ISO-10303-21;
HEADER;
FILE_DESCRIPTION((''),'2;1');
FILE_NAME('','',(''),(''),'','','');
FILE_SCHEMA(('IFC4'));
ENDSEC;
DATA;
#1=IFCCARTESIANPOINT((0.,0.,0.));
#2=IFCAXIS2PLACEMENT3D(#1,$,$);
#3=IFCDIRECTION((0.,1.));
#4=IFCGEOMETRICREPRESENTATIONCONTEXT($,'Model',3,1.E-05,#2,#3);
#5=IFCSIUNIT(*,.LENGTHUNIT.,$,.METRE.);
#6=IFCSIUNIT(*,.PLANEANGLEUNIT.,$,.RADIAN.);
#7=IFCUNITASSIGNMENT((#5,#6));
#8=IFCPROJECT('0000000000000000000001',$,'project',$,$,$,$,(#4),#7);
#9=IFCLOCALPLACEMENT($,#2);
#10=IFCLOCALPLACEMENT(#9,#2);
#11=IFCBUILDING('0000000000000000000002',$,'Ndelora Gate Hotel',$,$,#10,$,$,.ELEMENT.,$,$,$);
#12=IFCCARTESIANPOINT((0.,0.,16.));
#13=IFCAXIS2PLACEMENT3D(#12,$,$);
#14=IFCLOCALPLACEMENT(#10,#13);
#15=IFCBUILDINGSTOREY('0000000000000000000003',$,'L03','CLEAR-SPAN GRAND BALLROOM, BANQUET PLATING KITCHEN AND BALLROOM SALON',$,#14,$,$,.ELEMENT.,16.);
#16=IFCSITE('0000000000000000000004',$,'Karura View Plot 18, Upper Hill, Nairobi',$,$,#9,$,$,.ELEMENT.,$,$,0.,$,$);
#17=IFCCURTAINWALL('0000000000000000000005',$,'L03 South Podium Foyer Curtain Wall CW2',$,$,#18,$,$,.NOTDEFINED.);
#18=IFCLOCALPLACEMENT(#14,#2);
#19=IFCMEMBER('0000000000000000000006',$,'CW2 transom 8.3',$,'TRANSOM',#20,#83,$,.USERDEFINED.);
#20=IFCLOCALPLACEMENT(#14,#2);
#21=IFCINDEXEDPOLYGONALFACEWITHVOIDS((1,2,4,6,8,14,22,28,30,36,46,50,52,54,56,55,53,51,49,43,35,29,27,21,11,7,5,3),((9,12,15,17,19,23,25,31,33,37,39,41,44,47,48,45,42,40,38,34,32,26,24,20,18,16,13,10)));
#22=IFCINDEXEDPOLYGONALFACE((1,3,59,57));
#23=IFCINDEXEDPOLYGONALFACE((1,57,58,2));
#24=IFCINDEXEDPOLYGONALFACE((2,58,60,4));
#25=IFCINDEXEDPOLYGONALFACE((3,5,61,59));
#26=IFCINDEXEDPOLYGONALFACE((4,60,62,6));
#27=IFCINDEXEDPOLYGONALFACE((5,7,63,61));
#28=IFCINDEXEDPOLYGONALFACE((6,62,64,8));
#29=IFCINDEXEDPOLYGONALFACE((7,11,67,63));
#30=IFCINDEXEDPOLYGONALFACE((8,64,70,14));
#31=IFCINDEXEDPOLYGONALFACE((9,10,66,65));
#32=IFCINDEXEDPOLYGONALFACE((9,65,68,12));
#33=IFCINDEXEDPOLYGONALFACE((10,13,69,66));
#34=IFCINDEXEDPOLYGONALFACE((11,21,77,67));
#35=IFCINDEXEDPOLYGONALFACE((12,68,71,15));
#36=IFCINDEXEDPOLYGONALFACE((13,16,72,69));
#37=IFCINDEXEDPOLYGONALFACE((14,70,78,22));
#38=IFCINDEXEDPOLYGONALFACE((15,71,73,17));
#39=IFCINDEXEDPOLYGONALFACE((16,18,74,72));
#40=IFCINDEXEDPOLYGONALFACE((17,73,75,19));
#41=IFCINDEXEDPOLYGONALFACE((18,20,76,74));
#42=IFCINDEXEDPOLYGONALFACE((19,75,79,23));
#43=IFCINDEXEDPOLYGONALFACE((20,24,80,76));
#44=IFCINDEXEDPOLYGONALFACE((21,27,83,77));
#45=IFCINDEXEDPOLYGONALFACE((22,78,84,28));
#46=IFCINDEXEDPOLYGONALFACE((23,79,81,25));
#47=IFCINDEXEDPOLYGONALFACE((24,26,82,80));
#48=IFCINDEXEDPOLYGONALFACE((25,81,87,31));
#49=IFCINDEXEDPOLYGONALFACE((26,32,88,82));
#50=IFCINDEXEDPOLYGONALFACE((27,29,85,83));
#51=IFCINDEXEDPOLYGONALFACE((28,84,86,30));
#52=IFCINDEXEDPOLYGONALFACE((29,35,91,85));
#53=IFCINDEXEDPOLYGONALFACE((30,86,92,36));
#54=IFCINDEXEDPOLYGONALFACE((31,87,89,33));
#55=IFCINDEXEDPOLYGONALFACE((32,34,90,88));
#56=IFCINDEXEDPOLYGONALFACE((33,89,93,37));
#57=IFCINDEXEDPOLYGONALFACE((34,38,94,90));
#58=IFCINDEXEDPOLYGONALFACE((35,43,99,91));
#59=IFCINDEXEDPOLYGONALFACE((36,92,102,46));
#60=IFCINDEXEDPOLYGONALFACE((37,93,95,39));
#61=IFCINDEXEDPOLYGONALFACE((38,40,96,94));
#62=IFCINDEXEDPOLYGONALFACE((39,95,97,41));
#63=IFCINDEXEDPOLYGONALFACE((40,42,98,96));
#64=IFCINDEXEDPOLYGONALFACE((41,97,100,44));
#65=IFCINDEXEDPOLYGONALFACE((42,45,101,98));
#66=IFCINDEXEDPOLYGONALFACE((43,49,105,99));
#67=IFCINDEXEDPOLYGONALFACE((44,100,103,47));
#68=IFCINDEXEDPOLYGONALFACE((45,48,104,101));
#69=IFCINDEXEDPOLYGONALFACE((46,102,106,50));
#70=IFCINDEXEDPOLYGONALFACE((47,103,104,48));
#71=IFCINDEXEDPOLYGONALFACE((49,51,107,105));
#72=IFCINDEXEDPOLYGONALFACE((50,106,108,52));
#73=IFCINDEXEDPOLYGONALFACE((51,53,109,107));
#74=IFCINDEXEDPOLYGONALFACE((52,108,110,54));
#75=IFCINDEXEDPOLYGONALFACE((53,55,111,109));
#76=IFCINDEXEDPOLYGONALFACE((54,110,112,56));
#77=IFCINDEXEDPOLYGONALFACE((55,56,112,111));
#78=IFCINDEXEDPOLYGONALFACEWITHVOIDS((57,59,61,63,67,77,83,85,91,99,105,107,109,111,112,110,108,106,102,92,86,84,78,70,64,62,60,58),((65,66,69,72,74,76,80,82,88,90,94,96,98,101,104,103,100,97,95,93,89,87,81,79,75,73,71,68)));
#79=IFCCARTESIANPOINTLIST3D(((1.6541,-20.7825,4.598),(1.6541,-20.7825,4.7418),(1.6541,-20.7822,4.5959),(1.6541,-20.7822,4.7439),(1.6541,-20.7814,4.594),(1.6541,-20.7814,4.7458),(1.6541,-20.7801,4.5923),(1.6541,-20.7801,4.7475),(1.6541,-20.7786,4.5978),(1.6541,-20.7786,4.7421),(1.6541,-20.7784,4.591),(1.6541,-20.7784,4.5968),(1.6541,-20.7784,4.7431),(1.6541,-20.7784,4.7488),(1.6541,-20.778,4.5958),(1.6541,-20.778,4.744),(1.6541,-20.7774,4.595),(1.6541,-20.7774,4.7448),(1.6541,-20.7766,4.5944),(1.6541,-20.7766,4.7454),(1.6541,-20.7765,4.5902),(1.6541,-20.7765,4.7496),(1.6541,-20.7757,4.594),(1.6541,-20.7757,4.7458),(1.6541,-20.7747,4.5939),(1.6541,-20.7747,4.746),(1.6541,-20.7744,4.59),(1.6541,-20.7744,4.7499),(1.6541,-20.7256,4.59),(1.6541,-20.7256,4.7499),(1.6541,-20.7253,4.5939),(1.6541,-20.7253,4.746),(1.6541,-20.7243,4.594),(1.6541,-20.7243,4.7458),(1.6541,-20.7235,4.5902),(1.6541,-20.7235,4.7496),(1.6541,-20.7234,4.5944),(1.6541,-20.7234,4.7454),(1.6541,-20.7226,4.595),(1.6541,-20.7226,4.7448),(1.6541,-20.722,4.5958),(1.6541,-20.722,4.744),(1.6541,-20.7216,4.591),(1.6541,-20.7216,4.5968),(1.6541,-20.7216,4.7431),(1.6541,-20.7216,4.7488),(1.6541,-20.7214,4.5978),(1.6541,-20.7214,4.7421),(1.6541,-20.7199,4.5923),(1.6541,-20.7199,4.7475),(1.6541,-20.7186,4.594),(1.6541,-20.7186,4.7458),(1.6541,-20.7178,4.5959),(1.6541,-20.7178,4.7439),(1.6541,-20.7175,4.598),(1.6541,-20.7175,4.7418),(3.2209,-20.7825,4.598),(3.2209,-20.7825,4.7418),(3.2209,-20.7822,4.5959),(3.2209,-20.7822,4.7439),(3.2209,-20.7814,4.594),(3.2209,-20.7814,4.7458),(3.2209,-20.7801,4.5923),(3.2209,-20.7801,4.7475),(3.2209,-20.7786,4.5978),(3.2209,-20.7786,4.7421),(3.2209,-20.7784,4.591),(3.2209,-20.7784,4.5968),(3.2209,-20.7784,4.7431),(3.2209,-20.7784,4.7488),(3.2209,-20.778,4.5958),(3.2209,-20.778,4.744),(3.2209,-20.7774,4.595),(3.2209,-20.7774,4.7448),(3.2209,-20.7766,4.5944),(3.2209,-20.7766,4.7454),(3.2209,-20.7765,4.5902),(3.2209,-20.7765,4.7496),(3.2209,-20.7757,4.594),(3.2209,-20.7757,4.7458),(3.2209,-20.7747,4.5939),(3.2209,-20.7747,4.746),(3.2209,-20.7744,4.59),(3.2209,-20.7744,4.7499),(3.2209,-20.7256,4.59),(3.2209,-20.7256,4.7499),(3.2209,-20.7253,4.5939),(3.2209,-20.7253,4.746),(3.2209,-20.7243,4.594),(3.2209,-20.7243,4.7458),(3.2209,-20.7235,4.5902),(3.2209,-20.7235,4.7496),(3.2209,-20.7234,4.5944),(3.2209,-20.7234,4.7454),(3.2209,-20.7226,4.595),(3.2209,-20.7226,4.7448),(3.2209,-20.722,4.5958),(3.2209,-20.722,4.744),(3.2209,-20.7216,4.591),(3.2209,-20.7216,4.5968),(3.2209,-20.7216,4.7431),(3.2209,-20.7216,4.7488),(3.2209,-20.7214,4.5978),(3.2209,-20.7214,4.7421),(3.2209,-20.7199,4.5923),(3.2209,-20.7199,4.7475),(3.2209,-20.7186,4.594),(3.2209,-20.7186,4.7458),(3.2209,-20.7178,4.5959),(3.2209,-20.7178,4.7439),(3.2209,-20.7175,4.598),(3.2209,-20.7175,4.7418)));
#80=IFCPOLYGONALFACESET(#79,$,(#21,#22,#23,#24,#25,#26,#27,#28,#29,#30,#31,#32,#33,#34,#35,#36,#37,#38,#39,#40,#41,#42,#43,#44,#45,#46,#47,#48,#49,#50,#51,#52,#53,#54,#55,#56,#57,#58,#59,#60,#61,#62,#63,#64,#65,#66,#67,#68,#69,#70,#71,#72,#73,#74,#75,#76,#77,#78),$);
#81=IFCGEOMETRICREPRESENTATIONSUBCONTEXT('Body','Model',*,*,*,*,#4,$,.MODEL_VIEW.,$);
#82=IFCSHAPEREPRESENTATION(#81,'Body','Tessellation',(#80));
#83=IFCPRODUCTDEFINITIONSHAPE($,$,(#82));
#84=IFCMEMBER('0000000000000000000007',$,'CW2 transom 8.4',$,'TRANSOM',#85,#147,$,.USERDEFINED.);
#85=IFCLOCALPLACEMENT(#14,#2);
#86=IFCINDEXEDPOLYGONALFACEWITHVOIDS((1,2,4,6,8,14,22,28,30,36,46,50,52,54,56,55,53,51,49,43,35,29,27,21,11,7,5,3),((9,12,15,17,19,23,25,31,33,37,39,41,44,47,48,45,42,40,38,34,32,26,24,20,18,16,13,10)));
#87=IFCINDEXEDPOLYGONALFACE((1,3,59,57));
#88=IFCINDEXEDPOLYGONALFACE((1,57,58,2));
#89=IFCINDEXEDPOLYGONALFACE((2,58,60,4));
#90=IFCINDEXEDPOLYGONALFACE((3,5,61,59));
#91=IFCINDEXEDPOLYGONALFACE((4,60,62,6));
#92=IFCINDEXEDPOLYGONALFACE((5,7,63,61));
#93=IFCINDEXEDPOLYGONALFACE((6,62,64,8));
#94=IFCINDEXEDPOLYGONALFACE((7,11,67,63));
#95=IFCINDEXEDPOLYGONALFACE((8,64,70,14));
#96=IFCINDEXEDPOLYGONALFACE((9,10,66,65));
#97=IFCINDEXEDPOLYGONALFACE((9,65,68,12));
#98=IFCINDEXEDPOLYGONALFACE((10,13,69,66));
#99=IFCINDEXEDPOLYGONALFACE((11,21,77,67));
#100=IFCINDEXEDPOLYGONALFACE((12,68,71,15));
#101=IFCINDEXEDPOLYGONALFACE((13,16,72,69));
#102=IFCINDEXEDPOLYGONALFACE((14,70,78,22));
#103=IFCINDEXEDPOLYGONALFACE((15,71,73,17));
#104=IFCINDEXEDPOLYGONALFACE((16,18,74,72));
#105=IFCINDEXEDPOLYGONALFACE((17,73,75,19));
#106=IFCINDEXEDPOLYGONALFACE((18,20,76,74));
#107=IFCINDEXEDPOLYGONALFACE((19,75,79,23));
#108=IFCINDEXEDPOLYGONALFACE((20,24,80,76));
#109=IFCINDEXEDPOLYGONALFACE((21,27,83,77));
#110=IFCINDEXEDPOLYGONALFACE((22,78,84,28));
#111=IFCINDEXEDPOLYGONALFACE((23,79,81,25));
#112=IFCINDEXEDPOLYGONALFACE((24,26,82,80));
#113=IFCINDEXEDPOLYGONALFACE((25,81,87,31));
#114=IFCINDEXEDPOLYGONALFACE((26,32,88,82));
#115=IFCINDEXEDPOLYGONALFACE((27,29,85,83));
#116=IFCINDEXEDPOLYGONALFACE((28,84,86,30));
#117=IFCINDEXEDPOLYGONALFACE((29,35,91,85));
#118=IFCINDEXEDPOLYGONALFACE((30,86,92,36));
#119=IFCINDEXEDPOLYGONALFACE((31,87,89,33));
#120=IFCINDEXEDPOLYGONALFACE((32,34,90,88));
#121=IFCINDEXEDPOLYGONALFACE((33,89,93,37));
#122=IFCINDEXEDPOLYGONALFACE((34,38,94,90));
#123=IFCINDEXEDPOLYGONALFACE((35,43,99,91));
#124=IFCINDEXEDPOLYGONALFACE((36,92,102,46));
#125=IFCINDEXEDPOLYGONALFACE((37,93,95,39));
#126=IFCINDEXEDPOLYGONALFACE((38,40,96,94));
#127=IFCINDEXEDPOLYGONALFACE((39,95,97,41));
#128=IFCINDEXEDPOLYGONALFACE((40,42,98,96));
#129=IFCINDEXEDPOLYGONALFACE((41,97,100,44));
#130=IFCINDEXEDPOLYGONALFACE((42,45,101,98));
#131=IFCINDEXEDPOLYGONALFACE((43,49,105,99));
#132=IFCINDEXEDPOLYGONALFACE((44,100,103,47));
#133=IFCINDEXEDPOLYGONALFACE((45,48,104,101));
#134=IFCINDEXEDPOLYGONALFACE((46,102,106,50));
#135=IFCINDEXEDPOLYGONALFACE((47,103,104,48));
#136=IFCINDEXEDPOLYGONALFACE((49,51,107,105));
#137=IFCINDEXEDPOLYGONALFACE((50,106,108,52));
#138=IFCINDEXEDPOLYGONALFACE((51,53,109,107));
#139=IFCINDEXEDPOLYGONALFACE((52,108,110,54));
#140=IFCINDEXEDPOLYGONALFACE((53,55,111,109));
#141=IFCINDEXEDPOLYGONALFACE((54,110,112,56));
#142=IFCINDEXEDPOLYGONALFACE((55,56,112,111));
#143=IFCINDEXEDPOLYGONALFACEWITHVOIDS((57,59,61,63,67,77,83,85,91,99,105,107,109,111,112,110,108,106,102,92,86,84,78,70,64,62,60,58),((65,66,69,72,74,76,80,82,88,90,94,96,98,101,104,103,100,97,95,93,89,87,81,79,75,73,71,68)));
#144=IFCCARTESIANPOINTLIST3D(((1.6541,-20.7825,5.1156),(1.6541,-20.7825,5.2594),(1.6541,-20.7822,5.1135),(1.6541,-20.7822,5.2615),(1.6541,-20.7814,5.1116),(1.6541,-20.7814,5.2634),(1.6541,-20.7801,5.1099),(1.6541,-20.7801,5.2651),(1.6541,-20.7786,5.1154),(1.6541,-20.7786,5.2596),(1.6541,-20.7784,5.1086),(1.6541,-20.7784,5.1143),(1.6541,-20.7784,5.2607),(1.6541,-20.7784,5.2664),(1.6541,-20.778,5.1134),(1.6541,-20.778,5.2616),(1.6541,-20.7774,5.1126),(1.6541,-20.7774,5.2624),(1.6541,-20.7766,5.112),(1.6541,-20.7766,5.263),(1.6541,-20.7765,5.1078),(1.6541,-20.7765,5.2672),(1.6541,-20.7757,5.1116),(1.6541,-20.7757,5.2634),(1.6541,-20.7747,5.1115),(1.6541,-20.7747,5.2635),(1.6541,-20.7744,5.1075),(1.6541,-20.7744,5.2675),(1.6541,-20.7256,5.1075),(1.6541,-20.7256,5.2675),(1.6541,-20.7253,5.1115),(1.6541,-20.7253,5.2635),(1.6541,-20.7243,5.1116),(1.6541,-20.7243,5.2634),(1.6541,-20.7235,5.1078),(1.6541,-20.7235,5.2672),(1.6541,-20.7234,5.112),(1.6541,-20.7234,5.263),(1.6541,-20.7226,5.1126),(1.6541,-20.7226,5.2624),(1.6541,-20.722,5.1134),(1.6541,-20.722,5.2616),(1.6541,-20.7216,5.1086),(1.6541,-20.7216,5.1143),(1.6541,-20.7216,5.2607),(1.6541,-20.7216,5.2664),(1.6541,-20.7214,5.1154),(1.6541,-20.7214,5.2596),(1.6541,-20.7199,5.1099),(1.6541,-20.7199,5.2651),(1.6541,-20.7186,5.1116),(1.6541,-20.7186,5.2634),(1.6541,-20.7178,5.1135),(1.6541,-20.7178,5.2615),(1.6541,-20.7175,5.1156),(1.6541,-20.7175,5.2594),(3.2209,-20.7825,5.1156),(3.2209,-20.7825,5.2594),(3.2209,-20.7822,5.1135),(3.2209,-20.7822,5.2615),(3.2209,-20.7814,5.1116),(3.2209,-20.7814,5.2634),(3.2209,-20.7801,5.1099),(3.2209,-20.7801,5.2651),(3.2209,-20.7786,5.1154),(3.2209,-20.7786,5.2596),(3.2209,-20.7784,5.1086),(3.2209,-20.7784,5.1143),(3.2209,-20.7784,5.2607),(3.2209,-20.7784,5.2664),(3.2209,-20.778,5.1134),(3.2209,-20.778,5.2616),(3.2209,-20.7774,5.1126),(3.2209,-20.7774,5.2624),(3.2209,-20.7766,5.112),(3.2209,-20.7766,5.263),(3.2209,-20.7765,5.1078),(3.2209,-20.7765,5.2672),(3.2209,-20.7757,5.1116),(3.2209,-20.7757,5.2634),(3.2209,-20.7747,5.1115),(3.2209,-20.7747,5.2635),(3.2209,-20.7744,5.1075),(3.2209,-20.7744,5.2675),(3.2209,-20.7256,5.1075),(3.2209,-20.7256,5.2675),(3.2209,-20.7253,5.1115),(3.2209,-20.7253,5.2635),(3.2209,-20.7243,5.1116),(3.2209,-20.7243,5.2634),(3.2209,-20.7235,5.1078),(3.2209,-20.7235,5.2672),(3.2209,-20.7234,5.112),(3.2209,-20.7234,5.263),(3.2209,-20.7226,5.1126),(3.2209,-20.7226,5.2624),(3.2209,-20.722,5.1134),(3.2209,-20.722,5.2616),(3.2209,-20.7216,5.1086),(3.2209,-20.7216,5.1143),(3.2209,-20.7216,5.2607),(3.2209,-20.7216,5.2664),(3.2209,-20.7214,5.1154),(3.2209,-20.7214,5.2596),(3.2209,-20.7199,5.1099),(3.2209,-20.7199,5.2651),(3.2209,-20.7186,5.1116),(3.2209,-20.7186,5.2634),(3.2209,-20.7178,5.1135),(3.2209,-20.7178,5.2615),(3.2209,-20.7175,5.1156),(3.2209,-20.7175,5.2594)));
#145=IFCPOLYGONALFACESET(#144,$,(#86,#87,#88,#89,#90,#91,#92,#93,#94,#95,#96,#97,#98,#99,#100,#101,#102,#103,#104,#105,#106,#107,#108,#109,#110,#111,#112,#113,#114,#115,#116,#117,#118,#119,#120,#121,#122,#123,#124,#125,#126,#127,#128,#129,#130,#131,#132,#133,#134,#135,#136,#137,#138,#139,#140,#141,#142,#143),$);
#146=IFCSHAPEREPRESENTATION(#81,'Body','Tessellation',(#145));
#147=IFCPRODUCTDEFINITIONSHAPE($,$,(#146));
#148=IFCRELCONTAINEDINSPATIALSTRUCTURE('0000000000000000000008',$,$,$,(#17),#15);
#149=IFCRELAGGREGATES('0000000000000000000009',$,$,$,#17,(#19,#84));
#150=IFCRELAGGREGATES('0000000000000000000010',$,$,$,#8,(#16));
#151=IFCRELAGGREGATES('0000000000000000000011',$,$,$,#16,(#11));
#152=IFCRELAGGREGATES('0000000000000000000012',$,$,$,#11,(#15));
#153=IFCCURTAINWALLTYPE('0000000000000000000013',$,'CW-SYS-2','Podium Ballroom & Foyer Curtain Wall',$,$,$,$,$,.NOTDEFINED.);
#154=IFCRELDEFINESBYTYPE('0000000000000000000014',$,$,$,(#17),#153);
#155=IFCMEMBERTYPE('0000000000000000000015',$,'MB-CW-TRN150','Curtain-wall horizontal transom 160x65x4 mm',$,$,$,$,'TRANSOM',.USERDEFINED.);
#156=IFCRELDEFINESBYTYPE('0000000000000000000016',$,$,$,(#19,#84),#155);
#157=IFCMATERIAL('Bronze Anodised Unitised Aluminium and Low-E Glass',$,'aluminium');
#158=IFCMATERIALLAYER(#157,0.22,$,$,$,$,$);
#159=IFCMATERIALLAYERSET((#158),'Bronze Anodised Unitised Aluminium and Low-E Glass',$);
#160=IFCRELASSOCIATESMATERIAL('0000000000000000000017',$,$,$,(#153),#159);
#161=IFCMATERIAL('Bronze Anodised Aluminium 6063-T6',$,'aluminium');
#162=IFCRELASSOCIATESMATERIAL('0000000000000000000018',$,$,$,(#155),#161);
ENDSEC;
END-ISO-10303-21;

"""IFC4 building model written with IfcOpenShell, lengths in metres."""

from ifc_helpers import new_model, si_unit, direction, frame, origin, origin_2d, place, context, subcontext, project, spatial, hollow_rectangle, extrude, material, layer, layer_set, material_profile, profile_set, type_object, element, aggregate, save


model = new_model("IFC4")

# Units and contexts
model_context = context("Model", 3, precision=1e-05, world=origin(), true_north=direction((0.0, 1.0)))
body_context = subcontext(model_context, "Body", "Model", "MODEL_VIEW")
ifc_project = project(units=[si_unit("LENGTHUNIT", "METRE"), si_unit("PLANEANGLEUNIT", "RADIAN")], contexts=[model_context])

# Site, building, storey
site_placement = place(None, origin())
site = spatial("IfcSite", under=ifc_project, at=site_placement, Name="Karura View Plot 18, Upper Hill, Nairobi", CompositionType="ELEMENT", RefElevation=0.0)
building_placement = place(site_placement, origin())
building = spatial("IfcBuilding", under=site, at=building_placement, Name="Ndelora Gate Hotel", CompositionType="ELEMENT")
storey_placement = place(building_placement, frame((0.0, 0.0, 16.0)))
storey = spatial("IfcBuildingStorey", under=building, at=storey_placement, Name="L03", Description="CLEAR-SPAN GRAND BALLROOM, BANQUET PLATING KITCHEN AND BALLROOM SALON", CompositionType="ELEMENT", Elevation=16.0)

# Curtain wall, members
ifc_material_1 = material(Name="Bronze Anodised Unitised Aluminium and Low-E Glass", Category="aluminium")
ifc_layer_1 = layer(ifc_material_1, 0.22)
ifc_layer_set_1 = layer_set([ifc_layer_1], Name="Bronze Anodised Unitised Aluminium and Low-E Glass")
curtain_wall_type = type_object("IfcCurtainWallType", Name="CW-SYS-2", Description="Podium Ballroom & Foyer Curtain Wall", PredefinedType="NOTDEFINED", material=ifc_layer_set_1)
curtain_wall_placement = place(storey_placement, origin())
curtain_wall = element("IfcCurtainWall", 1, at=curtain_wall_placement, inside=storey, type_object=curtain_wall_type, Name="L03 South Podium Foyer Curtain Wall CW2", PredefinedType="NOTDEFINED")
ifc_material_2 = material(Name="Bronze Anodised Aluminium 6063-T6", Category="aluminium")
ifc_material_profile_1 = material_profile(ifc_material_2, hollow_rectangle(XDim=0.0649, YDim=0.1599, WallThickness=0.0039, InnerFilletRadius=0.0039, OuterFilletRadius=0.0081, at=origin_2d()), Name="ALU 160x65x4")
ifc_profile_set_1 = profile_set([ifc_material_profile_1], Name="Bronze Anodised Aluminium 6063-T6")
member_type_1 = type_object("IfcMemberType", Name="MB-CW-TRN150", Description="Curtain-wall horizontal transom 160x65x4 mm", ElementType="TRANSOM", PredefinedType="USERDEFINED", material=ifc_profile_set_1)
member_1_placement = place(storey_placement, frame((1.6541, -20.75, 4.6699), z_axis=(1.0, 0.0, 0.0), x_axis=(0.0, 1.0, 0.0)))
member_1 = element("IfcMember", 2, at=member_1_placement, type_object=member_type_1, Name="CW2 transom 8.3", ObjectType="TRANSOM", PredefinedType="USERDEFINED", context=body_context, shape_type="SweptSolid", body=[
    extrude(hollow_rectangle(XDim=0.0649, YDim=0.1599, WallThickness=0.0039, InnerFilletRadius=0.0039, OuterFilletRadius=0.0081, at=origin_2d()), origin(), (0.0, 0.0, 1.0), 1.5669),
])
member_2_placement = place(storey_placement, frame((1.6541, -20.75, 5.1875), z_axis=(1.0, 0.0, 0.0), x_axis=(0.0, 1.0, 0.0)))
member_2 = element("IfcMember", 3, at=member_2_placement, type_object=member_type_1, Name="CW2 transom 8.4", ObjectType="TRANSOM", PredefinedType="USERDEFINED", context=body_context, shape_type="SweptSolid", body=[
    extrude(hollow_rectangle(XDim=0.0649, YDim=0.1599, WallThickness=0.0039, InnerFilletRadius=0.0039, OuterFilletRadius=0.0081, at=origin_2d()), origin(), (0.0, 0.0, 1.0), 1.5669),
])
aggregate(curtain_wall, [member_1, member_2])

save(model, "model.ifc")
